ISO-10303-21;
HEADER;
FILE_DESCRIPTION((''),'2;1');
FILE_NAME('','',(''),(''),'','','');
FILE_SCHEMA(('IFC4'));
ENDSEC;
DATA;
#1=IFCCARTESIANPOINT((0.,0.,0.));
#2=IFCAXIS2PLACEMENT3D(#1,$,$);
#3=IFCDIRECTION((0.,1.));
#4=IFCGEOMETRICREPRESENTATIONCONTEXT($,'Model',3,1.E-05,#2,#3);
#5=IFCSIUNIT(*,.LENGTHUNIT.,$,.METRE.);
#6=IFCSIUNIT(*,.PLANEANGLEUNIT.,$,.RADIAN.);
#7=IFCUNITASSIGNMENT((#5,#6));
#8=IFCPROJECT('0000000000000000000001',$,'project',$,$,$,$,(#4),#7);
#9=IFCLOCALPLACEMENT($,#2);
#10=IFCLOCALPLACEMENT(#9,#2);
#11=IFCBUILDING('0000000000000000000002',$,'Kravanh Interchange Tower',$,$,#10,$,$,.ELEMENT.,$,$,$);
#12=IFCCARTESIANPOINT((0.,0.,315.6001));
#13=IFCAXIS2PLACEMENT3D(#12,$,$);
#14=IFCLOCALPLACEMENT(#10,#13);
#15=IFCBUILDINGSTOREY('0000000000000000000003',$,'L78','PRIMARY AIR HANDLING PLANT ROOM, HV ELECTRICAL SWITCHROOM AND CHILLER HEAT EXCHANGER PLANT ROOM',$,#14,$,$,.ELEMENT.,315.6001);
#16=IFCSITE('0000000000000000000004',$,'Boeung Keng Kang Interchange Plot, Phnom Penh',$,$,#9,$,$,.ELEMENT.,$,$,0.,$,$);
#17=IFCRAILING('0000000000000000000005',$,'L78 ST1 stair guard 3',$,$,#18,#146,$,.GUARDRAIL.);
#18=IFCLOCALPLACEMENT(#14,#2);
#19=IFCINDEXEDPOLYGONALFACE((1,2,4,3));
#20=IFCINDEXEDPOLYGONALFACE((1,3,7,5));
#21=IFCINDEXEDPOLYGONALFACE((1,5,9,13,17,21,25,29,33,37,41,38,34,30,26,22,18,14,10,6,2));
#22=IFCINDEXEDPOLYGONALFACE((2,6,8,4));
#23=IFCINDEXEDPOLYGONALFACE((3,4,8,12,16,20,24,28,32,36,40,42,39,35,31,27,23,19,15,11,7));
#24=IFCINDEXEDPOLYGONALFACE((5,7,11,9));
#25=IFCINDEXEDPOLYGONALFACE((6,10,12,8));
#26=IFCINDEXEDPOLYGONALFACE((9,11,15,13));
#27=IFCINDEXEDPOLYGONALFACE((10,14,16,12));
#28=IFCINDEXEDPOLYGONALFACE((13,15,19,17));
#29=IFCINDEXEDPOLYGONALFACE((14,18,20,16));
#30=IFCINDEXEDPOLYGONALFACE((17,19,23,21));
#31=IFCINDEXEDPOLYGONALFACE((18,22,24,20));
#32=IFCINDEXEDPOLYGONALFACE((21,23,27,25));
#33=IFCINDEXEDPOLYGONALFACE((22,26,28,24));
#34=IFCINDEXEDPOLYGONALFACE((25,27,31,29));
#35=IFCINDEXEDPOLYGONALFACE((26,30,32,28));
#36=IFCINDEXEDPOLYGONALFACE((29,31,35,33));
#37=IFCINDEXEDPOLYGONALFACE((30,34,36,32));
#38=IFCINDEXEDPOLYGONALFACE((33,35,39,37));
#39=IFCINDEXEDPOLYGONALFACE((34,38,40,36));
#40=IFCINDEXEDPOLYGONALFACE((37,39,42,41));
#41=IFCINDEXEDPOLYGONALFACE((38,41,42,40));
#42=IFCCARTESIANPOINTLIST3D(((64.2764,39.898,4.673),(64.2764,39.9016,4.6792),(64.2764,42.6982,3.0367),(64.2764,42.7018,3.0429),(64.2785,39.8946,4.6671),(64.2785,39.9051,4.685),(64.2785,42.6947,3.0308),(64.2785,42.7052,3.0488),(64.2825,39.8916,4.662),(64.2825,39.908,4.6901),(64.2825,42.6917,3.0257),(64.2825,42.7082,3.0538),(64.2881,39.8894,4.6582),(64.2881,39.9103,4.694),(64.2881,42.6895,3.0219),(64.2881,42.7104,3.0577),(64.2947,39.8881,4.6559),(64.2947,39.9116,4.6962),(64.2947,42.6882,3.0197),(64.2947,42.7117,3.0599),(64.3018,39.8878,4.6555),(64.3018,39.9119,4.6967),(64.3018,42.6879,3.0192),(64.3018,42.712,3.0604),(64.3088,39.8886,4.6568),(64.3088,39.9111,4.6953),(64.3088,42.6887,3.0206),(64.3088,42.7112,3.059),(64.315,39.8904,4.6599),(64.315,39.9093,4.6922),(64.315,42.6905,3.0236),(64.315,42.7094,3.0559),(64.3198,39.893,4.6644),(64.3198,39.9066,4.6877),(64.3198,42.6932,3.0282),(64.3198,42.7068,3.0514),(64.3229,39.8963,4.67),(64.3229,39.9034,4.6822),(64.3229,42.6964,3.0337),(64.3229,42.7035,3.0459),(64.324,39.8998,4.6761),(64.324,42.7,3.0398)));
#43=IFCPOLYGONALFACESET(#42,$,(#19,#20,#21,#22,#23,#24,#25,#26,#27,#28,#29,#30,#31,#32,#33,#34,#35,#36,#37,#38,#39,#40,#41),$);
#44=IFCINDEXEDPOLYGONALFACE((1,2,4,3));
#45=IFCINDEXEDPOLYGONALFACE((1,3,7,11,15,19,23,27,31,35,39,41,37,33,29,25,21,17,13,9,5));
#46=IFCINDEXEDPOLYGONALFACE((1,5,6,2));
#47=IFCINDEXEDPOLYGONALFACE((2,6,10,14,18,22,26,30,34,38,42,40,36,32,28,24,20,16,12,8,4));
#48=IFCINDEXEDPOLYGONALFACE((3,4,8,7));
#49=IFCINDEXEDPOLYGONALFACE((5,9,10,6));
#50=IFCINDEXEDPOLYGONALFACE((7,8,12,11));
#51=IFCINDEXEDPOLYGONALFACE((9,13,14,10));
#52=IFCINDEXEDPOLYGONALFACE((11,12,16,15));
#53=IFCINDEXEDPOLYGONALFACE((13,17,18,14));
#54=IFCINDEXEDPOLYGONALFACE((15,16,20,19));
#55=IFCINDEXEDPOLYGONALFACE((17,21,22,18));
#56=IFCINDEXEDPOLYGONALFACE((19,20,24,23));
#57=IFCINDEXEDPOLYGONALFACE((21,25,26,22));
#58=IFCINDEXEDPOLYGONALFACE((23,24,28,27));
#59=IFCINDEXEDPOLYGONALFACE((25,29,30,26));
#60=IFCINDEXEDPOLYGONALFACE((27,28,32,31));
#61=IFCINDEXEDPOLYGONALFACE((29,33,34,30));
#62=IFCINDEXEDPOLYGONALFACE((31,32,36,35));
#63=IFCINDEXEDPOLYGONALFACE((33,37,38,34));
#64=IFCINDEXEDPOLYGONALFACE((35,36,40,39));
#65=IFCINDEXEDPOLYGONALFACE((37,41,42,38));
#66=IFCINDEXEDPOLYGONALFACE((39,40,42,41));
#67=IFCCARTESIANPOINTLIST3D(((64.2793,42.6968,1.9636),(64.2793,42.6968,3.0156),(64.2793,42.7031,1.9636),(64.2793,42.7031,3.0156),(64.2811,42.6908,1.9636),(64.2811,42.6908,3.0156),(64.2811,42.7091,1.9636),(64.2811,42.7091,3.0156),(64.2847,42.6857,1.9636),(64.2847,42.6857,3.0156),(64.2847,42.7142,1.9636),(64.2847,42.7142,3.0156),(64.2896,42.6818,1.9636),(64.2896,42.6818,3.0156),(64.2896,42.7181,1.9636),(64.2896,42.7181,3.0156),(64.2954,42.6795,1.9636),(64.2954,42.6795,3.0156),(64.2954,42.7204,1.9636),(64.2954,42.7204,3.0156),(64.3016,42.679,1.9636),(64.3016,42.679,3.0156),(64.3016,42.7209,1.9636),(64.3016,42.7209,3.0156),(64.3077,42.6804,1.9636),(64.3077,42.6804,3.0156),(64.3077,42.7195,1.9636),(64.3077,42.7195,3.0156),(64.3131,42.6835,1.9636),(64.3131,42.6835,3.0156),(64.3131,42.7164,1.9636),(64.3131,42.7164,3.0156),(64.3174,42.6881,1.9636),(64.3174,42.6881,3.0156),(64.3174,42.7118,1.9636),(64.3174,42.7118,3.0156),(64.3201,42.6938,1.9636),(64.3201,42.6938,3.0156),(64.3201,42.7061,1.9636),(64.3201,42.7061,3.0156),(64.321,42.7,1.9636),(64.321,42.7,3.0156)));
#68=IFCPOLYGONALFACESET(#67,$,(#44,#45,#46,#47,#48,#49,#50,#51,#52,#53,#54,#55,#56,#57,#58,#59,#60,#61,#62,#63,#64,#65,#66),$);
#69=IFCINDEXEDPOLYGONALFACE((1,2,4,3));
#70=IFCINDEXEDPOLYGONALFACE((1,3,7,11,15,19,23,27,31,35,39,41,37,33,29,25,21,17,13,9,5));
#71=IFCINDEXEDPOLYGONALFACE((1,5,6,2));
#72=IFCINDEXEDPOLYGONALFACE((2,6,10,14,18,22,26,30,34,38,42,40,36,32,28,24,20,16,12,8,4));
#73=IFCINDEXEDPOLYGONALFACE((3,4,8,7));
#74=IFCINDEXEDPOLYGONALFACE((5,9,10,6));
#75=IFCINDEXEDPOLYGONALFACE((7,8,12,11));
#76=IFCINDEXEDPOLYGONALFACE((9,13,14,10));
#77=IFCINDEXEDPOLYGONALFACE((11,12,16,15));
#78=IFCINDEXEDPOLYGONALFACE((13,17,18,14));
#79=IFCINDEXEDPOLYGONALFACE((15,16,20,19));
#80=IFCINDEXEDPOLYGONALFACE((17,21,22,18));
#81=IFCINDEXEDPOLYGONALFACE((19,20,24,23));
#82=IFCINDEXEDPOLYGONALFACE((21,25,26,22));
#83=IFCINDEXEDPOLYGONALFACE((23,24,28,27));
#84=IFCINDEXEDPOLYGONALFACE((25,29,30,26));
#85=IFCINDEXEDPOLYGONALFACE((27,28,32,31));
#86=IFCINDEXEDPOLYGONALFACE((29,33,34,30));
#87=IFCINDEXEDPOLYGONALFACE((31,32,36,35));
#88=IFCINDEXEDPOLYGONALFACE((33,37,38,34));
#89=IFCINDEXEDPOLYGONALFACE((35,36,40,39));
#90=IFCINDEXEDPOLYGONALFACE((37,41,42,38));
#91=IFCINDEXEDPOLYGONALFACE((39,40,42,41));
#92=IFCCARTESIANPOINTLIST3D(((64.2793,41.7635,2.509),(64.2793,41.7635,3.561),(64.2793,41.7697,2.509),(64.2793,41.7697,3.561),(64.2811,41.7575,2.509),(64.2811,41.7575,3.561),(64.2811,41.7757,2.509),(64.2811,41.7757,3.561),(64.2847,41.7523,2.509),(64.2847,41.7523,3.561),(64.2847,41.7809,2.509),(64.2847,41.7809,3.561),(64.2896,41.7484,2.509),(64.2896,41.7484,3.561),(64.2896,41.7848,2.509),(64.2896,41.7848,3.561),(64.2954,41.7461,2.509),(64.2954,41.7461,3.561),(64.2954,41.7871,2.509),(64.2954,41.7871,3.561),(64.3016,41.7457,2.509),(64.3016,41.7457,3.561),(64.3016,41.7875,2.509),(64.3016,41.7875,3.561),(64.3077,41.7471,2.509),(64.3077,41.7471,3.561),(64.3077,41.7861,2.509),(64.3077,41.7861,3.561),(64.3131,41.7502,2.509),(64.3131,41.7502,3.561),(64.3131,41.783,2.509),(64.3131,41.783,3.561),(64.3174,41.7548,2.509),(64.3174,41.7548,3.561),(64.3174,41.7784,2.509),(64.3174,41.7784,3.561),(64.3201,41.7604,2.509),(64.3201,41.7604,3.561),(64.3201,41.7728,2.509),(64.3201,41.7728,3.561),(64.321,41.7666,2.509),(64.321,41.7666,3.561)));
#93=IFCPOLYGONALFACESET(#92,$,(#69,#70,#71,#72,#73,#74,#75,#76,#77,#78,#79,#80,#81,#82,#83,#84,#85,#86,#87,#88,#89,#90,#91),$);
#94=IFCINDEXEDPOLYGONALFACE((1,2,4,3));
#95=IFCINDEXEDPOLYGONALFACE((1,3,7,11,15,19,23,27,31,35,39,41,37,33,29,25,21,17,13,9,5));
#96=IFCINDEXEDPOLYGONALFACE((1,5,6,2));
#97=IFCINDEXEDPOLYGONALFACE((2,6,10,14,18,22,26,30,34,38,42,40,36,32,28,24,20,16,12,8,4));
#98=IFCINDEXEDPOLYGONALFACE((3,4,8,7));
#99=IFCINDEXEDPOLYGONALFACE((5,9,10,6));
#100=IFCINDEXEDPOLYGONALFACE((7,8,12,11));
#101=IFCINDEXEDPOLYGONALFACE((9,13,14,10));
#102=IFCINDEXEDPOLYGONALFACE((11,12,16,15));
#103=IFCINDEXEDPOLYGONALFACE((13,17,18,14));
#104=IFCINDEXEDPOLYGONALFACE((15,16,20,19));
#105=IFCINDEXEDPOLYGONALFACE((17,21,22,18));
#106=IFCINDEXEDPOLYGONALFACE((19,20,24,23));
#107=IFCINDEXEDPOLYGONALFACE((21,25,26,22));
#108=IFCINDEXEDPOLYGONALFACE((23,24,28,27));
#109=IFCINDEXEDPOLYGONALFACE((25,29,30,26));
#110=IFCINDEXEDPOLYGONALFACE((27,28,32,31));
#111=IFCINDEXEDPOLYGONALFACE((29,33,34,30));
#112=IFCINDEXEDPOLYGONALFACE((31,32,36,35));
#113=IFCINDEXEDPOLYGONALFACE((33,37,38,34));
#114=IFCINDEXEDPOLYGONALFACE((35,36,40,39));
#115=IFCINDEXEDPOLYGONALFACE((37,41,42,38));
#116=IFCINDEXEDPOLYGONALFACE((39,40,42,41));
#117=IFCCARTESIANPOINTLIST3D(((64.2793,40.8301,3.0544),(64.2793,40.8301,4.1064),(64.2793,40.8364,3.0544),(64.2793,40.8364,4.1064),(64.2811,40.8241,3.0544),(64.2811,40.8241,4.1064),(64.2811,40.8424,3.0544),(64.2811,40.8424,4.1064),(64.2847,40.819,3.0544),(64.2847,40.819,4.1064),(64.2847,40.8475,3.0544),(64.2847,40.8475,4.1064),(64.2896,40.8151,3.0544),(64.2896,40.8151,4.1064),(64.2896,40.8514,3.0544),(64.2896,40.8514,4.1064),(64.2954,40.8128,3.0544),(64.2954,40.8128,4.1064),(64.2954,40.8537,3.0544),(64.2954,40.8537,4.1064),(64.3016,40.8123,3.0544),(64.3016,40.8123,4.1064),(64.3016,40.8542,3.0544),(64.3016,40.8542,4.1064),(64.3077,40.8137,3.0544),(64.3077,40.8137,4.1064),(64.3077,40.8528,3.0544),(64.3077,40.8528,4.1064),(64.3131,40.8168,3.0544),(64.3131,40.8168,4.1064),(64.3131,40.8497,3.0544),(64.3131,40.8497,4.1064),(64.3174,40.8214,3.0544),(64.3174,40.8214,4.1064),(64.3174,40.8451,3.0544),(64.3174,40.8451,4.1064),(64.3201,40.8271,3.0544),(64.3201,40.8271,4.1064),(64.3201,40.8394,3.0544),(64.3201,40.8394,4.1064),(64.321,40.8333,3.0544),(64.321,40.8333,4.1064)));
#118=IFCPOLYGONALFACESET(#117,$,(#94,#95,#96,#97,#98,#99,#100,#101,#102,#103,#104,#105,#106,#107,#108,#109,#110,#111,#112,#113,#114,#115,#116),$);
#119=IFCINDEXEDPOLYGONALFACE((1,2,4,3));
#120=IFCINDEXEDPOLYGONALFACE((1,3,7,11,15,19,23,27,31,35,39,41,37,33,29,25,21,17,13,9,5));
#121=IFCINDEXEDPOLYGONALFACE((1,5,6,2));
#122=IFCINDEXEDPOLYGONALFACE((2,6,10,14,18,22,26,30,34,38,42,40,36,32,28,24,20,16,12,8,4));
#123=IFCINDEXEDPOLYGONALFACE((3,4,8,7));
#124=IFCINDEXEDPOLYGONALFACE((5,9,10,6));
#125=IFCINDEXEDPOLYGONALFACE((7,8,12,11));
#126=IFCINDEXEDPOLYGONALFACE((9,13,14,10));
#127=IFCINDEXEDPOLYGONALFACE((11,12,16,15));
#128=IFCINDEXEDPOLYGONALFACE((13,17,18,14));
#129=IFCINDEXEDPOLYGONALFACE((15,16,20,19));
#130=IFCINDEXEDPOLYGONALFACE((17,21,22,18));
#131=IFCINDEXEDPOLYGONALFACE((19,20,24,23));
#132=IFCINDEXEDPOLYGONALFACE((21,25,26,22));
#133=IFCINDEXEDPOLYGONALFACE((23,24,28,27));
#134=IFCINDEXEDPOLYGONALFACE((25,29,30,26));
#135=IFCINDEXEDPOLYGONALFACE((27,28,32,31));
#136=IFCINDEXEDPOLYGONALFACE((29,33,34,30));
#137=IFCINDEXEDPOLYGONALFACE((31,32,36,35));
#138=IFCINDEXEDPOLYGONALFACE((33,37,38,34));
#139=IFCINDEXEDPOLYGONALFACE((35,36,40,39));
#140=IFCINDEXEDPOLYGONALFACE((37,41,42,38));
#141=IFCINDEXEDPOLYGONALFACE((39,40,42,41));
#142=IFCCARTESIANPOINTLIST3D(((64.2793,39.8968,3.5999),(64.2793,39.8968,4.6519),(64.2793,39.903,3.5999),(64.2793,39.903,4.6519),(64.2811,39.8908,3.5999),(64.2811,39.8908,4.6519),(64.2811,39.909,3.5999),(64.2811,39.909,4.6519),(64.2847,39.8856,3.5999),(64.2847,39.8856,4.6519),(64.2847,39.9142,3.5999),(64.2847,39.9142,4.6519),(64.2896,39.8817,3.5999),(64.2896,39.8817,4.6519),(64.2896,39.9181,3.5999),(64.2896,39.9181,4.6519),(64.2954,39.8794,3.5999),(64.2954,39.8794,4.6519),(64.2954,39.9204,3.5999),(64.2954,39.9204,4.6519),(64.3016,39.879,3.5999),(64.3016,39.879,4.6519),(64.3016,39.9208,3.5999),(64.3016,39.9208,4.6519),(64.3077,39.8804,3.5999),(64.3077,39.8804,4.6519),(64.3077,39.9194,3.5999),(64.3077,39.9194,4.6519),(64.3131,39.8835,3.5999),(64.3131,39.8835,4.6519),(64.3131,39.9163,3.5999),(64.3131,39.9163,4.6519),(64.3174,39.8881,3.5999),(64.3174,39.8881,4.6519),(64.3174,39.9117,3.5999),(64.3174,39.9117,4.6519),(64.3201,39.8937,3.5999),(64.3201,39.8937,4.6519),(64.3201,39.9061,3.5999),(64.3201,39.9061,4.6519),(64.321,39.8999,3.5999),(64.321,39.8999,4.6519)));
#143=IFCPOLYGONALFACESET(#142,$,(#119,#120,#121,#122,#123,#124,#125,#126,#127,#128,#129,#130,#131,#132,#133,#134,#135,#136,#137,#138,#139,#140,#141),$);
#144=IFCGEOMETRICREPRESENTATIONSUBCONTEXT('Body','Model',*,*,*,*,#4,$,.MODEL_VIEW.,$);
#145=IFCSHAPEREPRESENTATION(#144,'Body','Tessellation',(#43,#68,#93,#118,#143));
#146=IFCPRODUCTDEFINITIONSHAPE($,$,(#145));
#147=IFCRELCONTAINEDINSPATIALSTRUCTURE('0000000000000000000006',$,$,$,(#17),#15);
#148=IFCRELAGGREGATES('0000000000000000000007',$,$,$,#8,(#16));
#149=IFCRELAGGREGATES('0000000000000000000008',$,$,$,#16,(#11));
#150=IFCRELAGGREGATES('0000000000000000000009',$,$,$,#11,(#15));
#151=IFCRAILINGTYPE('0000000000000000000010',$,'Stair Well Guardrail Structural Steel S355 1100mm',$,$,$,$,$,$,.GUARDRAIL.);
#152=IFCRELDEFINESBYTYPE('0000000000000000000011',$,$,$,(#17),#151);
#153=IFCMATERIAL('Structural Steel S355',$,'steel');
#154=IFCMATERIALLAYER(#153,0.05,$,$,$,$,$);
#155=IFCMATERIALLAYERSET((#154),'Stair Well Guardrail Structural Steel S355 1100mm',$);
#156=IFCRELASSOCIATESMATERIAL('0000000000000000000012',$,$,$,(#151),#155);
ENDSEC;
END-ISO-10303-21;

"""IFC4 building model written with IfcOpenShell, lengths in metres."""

from ifc_helpers import new_model, si_unit, direction, frame, origin, origin_2d, place, context, subcontext, project, spatial, circle, extrude, material, layer, layer_set, type_object, element, save


model = new_model("IFC4")

# Units and contexts
model_context = context("Model", 3, precision=1e-05, world=origin(), true_north=direction((0.0, 1.0)))
body_context = subcontext(model_context, "Body", "Model", "MODEL_VIEW")
ifc_project = project(units=[si_unit("LENGTHUNIT", "METRE"), si_unit("PLANEANGLEUNIT", "RADIAN")], contexts=[model_context])

# Site, building, storey
site_placement = place(None, origin())
site = spatial("IfcSite", under=ifc_project, at=site_placement, Name="Boeung Keng Kang Interchange Plot, Phnom Penh", CompositionType="ELEMENT", RefElevation=0.0)
building_placement = place(site_placement, origin())
building = spatial("IfcBuilding", under=site, at=building_placement, Name="Kravanh Interchange Tower", CompositionType="ELEMENT")
storey_placement = place(building_placement, frame((0.0, 0.0, 315.6001)))
storey = spatial("IfcBuildingStorey", under=building, at=storey_placement, Name="L78", Description="PRIMARY AIR HANDLING PLANT ROOM, HV ELECTRICAL SWITCHROOM AND CHILLER HEAT EXCHANGER PLANT ROOM", CompositionType="ELEMENT", Elevation=315.6001)

# Railing
ifc_material_1 = material(Name="Structural Steel S355", Category="steel")
ifc_layer_1 = layer(ifc_material_1, 0.05)
ifc_layer_set_1 = layer_set([ifc_layer_1], Name="Stair Well Guardrail Structural Steel S355 1100mm")
railing_type_1 = type_object("IfcRailingType", Name="Stair Well Guardrail Structural Steel S355 1100mm", PredefinedType="GUARDRAIL", material=ifc_layer_set_1)
railing_1_placement = place(storey_placement, frame((64.3, 42.7, 1.9636)))
element("IfcRailing", 1, at=railing_1_placement, inside=storey, type_object=railing_type_1, Name="L78 ST1 stair guard 3", PredefinedType="GUARDRAIL", context=body_context, shape_type="SweptSolid", body=[
    extrude(circle(Radius=0.0239, at=origin_2d()), frame((0.0, 0.0, 1.0762), z_axis=(0.0, -0.863394, 0.504531), x_axis=(1.0, 0.0, 0.0)), (0.0, 0.0, 1.0), 3.2432),
    extrude(circle(Radius=0.021, at=origin_2d()), origin(), (0.0, 0.0, 1.0), 1.052),
    extrude(circle(Radius=0.021, at=origin_2d()), frame((0.0, -0.9333, 0.5454)), (0.0, 0.0, 1.0), 1.052),
    extrude(circle(Radius=0.021, at=origin_2d()), frame((0.0, -1.8667, 1.0908)), (0.0, 0.0, 1.0), 1.052),
    extrude(circle(Radius=0.021, at=origin_2d()), frame((0.0, -2.8, 1.6362)), (0.0, 0.0, 1.0), 1.052),
])

save(model, "model.ifc")
